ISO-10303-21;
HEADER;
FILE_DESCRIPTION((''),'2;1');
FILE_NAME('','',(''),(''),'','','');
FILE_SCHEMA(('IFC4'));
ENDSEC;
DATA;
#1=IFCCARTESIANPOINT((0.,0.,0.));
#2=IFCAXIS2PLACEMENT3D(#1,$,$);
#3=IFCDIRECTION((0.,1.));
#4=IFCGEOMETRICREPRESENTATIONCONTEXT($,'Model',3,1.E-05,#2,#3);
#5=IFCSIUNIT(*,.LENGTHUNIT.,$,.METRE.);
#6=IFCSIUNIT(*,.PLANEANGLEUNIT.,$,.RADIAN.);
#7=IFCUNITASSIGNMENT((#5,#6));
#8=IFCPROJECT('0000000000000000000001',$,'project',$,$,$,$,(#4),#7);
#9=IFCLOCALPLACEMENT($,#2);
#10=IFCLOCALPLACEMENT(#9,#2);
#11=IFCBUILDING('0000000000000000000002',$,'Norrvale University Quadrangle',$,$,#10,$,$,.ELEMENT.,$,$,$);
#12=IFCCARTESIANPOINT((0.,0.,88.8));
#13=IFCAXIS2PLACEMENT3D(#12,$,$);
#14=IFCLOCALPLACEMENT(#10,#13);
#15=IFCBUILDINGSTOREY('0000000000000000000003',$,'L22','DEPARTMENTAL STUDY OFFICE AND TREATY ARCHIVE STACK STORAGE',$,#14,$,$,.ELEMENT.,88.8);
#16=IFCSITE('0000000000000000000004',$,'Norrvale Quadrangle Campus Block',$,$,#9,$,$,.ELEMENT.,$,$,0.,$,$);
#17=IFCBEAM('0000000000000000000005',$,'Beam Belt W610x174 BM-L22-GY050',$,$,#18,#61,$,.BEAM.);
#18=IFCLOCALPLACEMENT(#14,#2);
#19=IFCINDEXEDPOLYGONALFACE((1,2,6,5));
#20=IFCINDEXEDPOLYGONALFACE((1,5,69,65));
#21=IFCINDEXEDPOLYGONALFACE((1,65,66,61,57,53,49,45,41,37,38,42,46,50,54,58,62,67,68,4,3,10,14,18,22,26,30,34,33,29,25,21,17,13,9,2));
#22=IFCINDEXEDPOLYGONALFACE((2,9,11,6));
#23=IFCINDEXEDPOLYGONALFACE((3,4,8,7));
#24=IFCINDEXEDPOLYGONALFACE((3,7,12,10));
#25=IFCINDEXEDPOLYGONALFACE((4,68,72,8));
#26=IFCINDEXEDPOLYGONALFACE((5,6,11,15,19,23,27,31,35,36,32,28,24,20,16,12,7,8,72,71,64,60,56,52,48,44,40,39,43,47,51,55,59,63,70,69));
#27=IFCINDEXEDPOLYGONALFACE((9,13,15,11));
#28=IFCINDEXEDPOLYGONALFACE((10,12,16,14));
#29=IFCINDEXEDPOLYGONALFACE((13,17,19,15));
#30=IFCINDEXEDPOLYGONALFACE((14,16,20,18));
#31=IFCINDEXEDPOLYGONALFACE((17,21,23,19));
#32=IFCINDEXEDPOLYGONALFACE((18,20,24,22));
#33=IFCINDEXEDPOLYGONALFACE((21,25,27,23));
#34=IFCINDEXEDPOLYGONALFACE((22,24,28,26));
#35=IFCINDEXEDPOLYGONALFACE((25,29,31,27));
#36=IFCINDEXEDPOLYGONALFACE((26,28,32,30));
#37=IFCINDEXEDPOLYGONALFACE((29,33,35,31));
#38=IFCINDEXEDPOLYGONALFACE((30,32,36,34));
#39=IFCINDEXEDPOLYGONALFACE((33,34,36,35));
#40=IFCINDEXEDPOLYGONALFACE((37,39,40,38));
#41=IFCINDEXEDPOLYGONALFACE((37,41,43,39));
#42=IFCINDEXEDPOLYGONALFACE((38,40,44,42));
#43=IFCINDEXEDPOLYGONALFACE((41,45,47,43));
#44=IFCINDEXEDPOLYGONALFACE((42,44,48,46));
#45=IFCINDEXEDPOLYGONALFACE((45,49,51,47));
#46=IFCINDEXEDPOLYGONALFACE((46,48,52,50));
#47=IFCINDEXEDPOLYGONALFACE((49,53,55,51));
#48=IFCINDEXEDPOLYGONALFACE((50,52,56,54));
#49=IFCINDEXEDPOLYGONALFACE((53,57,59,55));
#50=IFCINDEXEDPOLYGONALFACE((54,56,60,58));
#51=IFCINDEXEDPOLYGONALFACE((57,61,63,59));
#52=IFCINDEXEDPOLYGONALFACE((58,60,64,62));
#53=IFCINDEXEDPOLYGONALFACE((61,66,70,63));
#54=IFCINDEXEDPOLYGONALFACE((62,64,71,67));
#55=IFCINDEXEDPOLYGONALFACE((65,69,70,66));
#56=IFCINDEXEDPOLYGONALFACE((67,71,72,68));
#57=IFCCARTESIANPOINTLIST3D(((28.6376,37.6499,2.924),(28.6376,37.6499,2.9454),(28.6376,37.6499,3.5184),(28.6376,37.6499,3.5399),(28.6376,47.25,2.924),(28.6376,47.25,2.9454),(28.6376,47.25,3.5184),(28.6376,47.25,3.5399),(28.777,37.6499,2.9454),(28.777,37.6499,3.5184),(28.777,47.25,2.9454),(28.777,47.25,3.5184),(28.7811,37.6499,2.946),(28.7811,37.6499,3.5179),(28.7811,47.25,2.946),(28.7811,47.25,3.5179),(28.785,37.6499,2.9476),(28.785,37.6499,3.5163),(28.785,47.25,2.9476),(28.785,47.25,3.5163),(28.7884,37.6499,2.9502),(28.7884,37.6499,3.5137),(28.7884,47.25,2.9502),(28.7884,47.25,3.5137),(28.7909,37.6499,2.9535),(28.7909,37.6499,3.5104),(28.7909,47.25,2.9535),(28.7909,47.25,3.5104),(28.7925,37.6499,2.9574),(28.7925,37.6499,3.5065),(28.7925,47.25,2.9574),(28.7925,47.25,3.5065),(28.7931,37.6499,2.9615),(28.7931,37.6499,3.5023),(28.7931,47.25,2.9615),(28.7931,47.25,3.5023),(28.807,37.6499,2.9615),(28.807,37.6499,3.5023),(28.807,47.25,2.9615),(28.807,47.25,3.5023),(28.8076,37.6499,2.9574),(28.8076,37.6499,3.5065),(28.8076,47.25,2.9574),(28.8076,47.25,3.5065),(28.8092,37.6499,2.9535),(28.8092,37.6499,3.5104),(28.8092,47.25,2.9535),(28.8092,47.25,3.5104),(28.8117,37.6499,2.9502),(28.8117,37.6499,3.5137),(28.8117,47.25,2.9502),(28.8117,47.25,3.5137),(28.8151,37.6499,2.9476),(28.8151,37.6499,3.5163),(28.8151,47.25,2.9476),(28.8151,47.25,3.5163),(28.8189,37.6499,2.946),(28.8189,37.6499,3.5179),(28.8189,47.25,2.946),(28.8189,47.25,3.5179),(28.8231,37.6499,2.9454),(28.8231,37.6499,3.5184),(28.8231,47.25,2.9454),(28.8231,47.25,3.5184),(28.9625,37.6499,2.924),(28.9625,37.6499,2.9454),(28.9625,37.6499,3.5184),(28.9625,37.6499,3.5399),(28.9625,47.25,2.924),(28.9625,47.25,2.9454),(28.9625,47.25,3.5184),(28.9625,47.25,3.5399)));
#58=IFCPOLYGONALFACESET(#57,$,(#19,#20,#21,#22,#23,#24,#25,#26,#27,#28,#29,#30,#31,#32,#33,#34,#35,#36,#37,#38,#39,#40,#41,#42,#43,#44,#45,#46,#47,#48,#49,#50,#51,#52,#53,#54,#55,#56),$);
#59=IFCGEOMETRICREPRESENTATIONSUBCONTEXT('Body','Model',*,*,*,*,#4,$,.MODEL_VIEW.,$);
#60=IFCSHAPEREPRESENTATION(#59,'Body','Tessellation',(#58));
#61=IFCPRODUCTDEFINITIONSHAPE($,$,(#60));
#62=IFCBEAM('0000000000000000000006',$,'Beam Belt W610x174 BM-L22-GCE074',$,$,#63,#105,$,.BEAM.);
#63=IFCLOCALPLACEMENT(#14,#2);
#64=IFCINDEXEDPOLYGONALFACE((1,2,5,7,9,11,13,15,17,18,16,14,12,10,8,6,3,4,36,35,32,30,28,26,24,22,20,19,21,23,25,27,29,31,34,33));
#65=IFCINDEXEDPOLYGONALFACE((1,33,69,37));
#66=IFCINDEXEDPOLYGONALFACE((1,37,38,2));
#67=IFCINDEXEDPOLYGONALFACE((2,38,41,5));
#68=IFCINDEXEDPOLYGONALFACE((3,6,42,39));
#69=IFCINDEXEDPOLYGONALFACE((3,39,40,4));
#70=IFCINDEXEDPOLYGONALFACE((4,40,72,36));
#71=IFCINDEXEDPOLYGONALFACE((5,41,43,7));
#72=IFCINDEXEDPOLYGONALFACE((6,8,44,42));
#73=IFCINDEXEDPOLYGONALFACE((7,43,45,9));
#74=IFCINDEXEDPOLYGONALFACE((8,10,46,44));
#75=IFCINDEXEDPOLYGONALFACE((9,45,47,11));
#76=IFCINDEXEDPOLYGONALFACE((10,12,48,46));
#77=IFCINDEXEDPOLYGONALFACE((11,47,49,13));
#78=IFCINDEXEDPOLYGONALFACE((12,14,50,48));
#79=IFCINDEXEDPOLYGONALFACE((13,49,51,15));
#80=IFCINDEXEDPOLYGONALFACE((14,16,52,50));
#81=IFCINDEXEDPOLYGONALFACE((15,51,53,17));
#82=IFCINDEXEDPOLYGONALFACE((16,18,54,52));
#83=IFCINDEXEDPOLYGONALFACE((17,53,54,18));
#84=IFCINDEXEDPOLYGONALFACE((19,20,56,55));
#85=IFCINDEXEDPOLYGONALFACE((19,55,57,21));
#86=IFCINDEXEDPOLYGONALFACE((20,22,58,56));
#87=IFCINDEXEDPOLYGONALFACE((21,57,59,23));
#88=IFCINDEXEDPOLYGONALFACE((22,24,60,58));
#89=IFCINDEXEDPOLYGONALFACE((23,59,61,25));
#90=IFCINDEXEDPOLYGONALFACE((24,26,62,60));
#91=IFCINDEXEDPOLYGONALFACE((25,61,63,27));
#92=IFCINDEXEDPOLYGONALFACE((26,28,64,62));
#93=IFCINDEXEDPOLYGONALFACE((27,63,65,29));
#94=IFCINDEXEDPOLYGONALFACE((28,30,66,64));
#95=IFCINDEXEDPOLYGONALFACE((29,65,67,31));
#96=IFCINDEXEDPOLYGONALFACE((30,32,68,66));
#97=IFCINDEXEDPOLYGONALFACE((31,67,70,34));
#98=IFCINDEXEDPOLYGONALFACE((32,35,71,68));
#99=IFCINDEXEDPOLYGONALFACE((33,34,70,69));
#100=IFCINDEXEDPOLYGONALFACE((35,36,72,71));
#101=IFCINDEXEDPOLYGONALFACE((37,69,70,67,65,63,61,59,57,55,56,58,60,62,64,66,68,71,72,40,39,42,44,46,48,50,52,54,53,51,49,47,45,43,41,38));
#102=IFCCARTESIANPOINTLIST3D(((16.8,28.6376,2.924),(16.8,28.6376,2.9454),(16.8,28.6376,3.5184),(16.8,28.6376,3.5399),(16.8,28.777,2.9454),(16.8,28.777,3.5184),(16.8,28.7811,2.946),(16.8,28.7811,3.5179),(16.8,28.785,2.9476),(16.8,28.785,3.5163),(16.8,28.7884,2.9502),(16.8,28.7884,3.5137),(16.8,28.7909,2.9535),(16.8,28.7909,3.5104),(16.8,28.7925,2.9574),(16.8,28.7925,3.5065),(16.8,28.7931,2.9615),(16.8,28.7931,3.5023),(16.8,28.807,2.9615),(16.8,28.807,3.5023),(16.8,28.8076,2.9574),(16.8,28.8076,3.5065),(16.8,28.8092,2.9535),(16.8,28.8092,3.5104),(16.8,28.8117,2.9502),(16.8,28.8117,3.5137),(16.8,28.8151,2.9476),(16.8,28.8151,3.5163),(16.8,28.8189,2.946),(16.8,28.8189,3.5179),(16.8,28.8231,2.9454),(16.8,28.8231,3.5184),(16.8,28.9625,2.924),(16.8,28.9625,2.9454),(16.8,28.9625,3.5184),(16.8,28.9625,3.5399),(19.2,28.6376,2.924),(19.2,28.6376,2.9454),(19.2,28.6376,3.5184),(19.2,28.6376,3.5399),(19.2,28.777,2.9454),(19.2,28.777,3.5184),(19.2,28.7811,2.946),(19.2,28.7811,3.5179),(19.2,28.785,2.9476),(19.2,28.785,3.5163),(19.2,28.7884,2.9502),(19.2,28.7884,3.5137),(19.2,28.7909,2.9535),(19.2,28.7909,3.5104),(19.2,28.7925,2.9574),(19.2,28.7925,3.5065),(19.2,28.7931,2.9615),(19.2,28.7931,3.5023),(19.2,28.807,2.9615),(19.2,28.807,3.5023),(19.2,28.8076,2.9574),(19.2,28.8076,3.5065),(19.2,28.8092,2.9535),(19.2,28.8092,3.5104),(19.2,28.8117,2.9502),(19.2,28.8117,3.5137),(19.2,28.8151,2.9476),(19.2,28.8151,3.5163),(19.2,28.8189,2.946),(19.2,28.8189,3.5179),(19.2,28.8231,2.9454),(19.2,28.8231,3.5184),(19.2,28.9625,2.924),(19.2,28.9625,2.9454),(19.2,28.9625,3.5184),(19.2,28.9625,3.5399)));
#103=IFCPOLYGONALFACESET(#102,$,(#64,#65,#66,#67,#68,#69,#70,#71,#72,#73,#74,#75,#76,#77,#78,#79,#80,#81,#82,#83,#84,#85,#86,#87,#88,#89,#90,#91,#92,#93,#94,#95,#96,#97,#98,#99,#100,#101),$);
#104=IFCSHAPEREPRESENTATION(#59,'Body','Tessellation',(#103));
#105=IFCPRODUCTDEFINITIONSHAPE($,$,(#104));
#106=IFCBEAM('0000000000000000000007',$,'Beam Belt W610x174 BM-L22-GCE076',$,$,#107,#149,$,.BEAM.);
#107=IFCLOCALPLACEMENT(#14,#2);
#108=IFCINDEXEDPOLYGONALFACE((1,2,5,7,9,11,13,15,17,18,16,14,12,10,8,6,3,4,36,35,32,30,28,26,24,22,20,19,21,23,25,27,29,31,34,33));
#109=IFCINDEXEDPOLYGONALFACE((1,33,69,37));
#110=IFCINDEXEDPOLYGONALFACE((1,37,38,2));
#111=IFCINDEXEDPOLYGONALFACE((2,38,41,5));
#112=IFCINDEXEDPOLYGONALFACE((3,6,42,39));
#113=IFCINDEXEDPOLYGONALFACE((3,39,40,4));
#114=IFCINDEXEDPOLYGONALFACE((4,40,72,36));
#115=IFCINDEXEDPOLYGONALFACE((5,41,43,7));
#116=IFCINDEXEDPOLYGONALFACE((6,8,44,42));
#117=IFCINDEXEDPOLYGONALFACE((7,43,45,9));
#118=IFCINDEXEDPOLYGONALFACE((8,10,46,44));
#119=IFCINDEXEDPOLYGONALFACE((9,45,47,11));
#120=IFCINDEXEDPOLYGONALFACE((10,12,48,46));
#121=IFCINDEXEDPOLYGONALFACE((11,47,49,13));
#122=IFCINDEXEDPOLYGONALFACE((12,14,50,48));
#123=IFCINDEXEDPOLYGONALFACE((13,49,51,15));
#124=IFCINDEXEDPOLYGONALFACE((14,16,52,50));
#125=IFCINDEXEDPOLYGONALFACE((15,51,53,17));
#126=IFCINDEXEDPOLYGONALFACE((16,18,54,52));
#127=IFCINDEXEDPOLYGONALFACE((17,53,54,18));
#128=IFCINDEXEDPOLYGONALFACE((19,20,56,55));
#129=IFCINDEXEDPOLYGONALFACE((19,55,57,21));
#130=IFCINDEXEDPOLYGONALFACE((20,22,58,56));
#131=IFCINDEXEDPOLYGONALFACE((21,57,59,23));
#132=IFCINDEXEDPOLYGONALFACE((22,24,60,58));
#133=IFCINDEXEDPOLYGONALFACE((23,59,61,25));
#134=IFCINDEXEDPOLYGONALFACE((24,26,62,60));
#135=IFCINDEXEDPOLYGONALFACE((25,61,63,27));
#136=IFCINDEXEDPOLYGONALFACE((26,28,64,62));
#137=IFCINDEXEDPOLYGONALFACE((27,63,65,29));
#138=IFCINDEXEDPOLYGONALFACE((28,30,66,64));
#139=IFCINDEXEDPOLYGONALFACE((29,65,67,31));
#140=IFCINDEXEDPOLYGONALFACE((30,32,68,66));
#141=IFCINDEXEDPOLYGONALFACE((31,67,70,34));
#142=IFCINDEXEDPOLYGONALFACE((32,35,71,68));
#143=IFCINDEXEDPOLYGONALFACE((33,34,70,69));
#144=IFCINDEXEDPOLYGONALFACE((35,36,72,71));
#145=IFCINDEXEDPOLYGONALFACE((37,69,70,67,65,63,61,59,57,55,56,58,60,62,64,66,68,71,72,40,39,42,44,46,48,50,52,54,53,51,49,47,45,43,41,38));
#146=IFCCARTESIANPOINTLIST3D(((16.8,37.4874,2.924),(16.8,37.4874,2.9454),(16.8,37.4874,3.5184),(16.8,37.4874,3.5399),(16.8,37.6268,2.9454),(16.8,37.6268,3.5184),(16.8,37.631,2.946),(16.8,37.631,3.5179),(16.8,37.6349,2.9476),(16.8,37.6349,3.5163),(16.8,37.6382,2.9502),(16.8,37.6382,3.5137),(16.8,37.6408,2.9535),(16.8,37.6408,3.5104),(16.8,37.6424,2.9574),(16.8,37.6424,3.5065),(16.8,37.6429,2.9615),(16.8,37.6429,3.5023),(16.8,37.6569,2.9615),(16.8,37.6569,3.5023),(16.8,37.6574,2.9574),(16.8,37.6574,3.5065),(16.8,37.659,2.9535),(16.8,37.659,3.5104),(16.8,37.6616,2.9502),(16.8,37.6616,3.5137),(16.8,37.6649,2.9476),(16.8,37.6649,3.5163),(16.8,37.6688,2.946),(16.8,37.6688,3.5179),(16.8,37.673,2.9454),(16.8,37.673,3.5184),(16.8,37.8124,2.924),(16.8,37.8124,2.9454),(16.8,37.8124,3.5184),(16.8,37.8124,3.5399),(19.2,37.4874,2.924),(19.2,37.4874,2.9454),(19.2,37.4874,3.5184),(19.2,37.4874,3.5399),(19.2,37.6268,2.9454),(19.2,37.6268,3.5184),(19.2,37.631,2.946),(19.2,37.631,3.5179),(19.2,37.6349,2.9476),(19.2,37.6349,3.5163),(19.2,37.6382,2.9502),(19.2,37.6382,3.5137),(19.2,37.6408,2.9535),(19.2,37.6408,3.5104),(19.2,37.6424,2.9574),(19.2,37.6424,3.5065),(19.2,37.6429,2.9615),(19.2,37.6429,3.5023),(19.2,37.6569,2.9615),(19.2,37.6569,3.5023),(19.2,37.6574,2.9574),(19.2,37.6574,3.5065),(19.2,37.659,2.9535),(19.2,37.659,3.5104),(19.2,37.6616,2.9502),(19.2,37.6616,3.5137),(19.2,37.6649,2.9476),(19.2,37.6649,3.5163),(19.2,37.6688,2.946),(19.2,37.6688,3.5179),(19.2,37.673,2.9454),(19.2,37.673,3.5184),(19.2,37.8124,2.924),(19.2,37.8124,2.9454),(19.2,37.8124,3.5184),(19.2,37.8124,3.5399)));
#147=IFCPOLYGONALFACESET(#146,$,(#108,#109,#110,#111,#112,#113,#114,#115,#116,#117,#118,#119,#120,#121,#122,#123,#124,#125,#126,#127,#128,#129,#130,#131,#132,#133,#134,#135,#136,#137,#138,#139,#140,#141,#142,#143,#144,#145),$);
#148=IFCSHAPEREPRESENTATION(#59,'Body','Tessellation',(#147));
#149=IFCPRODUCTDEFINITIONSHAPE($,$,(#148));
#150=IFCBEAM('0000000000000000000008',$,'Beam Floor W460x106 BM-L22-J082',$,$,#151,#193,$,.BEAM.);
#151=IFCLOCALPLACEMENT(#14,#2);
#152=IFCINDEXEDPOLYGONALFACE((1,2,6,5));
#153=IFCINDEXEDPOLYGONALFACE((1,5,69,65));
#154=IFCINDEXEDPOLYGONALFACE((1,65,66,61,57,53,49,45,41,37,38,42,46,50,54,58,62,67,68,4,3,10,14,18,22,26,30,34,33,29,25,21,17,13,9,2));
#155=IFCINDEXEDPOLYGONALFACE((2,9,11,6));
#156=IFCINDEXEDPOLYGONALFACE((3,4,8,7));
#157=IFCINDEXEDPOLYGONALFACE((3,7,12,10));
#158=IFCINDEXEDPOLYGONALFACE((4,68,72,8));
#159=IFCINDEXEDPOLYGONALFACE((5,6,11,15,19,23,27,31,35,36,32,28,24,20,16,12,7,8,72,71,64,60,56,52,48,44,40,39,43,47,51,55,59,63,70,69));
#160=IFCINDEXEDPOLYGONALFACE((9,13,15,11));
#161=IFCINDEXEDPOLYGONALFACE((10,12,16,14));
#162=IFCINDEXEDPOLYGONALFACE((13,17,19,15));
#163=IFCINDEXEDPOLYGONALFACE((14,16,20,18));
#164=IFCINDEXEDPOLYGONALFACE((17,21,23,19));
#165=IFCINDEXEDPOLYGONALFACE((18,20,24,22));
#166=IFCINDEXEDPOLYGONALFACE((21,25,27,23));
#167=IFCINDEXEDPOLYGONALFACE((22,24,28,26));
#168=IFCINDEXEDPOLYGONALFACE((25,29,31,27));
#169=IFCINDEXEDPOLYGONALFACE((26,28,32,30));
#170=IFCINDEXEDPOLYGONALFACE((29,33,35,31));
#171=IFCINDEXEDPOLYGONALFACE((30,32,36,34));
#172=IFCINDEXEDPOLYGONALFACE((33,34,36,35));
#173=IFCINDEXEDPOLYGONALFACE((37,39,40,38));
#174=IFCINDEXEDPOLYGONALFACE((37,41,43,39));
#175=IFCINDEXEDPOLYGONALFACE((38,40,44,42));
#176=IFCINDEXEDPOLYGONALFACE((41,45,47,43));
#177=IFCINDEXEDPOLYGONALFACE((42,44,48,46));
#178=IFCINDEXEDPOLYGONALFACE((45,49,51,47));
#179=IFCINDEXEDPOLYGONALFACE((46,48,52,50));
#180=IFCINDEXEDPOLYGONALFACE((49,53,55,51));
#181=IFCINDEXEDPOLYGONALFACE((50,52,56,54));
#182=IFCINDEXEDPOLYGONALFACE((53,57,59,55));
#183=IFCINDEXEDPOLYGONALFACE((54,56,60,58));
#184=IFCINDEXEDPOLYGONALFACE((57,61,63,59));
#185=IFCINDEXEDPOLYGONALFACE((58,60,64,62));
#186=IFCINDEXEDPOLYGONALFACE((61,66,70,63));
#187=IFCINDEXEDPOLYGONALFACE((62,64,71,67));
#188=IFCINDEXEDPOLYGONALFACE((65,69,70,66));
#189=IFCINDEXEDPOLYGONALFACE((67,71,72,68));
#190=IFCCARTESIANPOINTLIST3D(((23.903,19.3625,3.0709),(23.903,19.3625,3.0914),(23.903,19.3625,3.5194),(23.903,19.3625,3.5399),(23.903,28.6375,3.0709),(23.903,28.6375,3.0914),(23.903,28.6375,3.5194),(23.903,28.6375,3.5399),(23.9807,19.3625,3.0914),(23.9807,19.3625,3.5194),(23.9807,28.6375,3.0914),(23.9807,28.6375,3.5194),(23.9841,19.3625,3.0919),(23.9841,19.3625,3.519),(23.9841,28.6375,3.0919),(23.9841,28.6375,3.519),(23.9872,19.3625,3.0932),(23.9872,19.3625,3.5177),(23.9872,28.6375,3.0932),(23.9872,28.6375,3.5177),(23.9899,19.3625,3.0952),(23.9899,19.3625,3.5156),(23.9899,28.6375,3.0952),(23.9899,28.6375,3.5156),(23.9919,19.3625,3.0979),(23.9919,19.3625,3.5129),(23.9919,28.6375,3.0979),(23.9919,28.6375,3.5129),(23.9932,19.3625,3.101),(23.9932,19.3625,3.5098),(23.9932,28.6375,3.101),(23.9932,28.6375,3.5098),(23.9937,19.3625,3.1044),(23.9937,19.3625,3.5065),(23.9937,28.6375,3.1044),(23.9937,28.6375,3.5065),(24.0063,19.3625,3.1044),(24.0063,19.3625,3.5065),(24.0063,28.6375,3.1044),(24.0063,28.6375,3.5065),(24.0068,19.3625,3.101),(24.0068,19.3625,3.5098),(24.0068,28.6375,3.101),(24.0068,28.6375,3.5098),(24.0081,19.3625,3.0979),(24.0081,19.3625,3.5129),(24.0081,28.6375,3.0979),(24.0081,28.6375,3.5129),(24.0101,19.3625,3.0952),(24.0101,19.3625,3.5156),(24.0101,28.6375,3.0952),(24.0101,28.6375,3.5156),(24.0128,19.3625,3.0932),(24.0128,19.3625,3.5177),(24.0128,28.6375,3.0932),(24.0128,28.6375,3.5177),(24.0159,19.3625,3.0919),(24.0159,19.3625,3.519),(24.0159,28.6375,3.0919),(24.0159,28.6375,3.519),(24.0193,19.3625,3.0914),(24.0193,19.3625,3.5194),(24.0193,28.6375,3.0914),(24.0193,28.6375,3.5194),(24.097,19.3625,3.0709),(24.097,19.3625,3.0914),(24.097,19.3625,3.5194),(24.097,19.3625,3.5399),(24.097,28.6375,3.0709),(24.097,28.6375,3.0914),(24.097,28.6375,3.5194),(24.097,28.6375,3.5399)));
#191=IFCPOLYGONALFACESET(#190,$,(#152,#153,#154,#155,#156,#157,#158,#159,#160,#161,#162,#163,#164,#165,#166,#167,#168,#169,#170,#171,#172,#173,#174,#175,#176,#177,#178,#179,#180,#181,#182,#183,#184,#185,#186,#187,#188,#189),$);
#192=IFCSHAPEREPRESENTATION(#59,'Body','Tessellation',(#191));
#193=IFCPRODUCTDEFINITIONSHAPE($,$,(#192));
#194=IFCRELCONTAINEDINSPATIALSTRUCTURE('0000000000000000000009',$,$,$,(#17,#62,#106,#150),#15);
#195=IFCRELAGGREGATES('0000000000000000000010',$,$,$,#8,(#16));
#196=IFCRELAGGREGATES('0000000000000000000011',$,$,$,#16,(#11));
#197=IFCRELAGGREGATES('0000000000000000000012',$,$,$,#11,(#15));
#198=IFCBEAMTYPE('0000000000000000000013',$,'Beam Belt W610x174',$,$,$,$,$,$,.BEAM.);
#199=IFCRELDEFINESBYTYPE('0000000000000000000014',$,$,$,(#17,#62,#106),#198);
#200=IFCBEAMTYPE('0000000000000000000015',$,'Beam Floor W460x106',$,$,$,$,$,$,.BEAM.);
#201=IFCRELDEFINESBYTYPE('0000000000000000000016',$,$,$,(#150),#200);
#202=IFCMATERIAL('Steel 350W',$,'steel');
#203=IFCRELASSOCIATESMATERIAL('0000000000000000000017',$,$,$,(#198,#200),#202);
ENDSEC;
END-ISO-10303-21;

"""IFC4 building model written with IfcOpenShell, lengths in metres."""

from ifc_helpers import new_model, si_unit, direction, frame, origin, origin_2d, place, context, subcontext, project, spatial, i_section, extrude, material, material_profile, profile_set, type_object, element, save


model = new_model("IFC4")

# Units and contexts
model_context = context("Model", 3, precision=1e-05, world=origin(), true_north=direction((0.0, 1.0)))
body_context = subcontext(model_context, "Body", "Model", "MODEL_VIEW")
ifc_project = project(units=[si_unit("LENGTHUNIT", "METRE"), si_unit("PLANEANGLEUNIT", "RADIAN")], contexts=[model_context])

# Site, building, storey
site_placement = place(None, origin())
site = spatial("IfcSite", under=ifc_project, at=site_placement, Name="Norrvale Quadrangle Campus Block", CompositionType="ELEMENT", RefElevation=0.0)
building_placement = place(site_placement, origin())
building = spatial("IfcBuilding", under=site, at=building_placement, Name="Norrvale University Quadrangle", CompositionType="ELEMENT")
storey_placement = place(building_placement, frame((0.0, 0.0, 88.8)))
storey = spatial("IfcBuildingStorey", under=building, at=storey_placement, Name="L22", Description="DEPARTMENTAL STUDY OFFICE AND TREATY ARCHIVE STACK STORAGE", CompositionType="ELEMENT", Elevation=88.8)

# Beams
ifc_material_1 = material(Name="Steel 350W", Category="steel")
ifc_material_profile_1 = material_profile(ifc_material_1, i_section(OverallWidth=0.325, OverallDepth=0.616, WebThickness=0.0139, FlangeThickness=0.0215, FilletRadius=0.0161, at=origin_2d()), Name="Steel 350W")
ifc_profile_set_1 = profile_set([ifc_material_profile_1], Name="Steel 350W")
beam_type_1 = type_object("IfcBeamType", Name="Beam Belt W610x174", PredefinedType="BEAM", material=ifc_profile_set_1)
beam_1_placement = place(storey_placement, frame((28.8, 37.6499, 3.2319), z_axis=(0.0, 1.0, 0.0), x_axis=(-1.0, 0.0, 0.0)))
element("IfcBeam", 1, at=beam_1_placement, inside=storey, type_object=beam_type_1, Name="Beam Belt W610x174 BM-L22-GY050", PredefinedType="BEAM", context=body_context, shape_type="SweptSolid", body=[
    extrude(i_section(OverallWidth=0.325, OverallDepth=0.616, WebThickness=0.0139, FlangeThickness=0.0215, FilletRadius=0.0161, at=origin_2d()), origin(), (0.0, 0.0, 1.0), 9.6001),
])
for number, where, z_axis, x_axis, name in (
    (2, (16.8, 28.8, 3.2319), (1.0, 0.0, 0.0), (0.0, 1.0, 0.0), "Beam Belt W610x174 BM-L22-GCE074"),
    (3, (16.8, 37.6499, 3.2319), (1.0, 0.0, 0.0), (0.0, 1.0, 0.0), "Beam Belt W610x174 BM-L22-GCE076"),
):
    element("IfcBeam", number, at=place(storey_placement, frame(where, z_axis=z_axis, x_axis=x_axis)), inside=storey, type_object=beam_type_1, Name=name, PredefinedType="BEAM", context=body_context, shape_type="SweptSolid", body=[
        extrude(i_section(OverallWidth=0.325, OverallDepth=0.616, WebThickness=0.0139, FlangeThickness=0.0215, FilletRadius=0.0161, at=origin_2d()), origin(), (0.0, 0.0, 1.0), 2.3999),
    ])
ifc_material_profile_2 = material_profile(ifc_material_1, i_section(OverallWidth=0.1941, OverallDepth=0.469, WebThickness=0.0127, FlangeThickness=0.0205, FilletRadius=0.0129, at=origin_2d()), Name="Steel 350W")
ifc_profile_set_2 = profile_set([ifc_material_profile_2], Name="Steel 350W")
beam_type_2 = type_object("IfcBeamType", Name="Beam Floor W460x106", PredefinedType="BEAM", material=ifc_profile_set_2)
beam_2_placement = place(storey_placement, frame((24.0, 19.3625, 3.3054), z_axis=(0.0, 1.0, 0.0), x_axis=(-1.0, 0.0, 0.0)))
element("IfcBeam", 4, at=beam_2_placement, inside=storey, type_object=beam_type_2, Name="Beam Floor W460x106 BM-L22-J082", PredefinedType="BEAM", context=body_context, shape_type="SweptSolid", body=[
    extrude(i_section(OverallWidth=0.1941, OverallDepth=0.469, WebThickness=0.0127, FlangeThickness=0.0205, FilletRadius=0.0129, at=origin_2d()), origin(), (0.0, 0.0, 1.0), 9.2749),
])

save(model, "model.ifc")
